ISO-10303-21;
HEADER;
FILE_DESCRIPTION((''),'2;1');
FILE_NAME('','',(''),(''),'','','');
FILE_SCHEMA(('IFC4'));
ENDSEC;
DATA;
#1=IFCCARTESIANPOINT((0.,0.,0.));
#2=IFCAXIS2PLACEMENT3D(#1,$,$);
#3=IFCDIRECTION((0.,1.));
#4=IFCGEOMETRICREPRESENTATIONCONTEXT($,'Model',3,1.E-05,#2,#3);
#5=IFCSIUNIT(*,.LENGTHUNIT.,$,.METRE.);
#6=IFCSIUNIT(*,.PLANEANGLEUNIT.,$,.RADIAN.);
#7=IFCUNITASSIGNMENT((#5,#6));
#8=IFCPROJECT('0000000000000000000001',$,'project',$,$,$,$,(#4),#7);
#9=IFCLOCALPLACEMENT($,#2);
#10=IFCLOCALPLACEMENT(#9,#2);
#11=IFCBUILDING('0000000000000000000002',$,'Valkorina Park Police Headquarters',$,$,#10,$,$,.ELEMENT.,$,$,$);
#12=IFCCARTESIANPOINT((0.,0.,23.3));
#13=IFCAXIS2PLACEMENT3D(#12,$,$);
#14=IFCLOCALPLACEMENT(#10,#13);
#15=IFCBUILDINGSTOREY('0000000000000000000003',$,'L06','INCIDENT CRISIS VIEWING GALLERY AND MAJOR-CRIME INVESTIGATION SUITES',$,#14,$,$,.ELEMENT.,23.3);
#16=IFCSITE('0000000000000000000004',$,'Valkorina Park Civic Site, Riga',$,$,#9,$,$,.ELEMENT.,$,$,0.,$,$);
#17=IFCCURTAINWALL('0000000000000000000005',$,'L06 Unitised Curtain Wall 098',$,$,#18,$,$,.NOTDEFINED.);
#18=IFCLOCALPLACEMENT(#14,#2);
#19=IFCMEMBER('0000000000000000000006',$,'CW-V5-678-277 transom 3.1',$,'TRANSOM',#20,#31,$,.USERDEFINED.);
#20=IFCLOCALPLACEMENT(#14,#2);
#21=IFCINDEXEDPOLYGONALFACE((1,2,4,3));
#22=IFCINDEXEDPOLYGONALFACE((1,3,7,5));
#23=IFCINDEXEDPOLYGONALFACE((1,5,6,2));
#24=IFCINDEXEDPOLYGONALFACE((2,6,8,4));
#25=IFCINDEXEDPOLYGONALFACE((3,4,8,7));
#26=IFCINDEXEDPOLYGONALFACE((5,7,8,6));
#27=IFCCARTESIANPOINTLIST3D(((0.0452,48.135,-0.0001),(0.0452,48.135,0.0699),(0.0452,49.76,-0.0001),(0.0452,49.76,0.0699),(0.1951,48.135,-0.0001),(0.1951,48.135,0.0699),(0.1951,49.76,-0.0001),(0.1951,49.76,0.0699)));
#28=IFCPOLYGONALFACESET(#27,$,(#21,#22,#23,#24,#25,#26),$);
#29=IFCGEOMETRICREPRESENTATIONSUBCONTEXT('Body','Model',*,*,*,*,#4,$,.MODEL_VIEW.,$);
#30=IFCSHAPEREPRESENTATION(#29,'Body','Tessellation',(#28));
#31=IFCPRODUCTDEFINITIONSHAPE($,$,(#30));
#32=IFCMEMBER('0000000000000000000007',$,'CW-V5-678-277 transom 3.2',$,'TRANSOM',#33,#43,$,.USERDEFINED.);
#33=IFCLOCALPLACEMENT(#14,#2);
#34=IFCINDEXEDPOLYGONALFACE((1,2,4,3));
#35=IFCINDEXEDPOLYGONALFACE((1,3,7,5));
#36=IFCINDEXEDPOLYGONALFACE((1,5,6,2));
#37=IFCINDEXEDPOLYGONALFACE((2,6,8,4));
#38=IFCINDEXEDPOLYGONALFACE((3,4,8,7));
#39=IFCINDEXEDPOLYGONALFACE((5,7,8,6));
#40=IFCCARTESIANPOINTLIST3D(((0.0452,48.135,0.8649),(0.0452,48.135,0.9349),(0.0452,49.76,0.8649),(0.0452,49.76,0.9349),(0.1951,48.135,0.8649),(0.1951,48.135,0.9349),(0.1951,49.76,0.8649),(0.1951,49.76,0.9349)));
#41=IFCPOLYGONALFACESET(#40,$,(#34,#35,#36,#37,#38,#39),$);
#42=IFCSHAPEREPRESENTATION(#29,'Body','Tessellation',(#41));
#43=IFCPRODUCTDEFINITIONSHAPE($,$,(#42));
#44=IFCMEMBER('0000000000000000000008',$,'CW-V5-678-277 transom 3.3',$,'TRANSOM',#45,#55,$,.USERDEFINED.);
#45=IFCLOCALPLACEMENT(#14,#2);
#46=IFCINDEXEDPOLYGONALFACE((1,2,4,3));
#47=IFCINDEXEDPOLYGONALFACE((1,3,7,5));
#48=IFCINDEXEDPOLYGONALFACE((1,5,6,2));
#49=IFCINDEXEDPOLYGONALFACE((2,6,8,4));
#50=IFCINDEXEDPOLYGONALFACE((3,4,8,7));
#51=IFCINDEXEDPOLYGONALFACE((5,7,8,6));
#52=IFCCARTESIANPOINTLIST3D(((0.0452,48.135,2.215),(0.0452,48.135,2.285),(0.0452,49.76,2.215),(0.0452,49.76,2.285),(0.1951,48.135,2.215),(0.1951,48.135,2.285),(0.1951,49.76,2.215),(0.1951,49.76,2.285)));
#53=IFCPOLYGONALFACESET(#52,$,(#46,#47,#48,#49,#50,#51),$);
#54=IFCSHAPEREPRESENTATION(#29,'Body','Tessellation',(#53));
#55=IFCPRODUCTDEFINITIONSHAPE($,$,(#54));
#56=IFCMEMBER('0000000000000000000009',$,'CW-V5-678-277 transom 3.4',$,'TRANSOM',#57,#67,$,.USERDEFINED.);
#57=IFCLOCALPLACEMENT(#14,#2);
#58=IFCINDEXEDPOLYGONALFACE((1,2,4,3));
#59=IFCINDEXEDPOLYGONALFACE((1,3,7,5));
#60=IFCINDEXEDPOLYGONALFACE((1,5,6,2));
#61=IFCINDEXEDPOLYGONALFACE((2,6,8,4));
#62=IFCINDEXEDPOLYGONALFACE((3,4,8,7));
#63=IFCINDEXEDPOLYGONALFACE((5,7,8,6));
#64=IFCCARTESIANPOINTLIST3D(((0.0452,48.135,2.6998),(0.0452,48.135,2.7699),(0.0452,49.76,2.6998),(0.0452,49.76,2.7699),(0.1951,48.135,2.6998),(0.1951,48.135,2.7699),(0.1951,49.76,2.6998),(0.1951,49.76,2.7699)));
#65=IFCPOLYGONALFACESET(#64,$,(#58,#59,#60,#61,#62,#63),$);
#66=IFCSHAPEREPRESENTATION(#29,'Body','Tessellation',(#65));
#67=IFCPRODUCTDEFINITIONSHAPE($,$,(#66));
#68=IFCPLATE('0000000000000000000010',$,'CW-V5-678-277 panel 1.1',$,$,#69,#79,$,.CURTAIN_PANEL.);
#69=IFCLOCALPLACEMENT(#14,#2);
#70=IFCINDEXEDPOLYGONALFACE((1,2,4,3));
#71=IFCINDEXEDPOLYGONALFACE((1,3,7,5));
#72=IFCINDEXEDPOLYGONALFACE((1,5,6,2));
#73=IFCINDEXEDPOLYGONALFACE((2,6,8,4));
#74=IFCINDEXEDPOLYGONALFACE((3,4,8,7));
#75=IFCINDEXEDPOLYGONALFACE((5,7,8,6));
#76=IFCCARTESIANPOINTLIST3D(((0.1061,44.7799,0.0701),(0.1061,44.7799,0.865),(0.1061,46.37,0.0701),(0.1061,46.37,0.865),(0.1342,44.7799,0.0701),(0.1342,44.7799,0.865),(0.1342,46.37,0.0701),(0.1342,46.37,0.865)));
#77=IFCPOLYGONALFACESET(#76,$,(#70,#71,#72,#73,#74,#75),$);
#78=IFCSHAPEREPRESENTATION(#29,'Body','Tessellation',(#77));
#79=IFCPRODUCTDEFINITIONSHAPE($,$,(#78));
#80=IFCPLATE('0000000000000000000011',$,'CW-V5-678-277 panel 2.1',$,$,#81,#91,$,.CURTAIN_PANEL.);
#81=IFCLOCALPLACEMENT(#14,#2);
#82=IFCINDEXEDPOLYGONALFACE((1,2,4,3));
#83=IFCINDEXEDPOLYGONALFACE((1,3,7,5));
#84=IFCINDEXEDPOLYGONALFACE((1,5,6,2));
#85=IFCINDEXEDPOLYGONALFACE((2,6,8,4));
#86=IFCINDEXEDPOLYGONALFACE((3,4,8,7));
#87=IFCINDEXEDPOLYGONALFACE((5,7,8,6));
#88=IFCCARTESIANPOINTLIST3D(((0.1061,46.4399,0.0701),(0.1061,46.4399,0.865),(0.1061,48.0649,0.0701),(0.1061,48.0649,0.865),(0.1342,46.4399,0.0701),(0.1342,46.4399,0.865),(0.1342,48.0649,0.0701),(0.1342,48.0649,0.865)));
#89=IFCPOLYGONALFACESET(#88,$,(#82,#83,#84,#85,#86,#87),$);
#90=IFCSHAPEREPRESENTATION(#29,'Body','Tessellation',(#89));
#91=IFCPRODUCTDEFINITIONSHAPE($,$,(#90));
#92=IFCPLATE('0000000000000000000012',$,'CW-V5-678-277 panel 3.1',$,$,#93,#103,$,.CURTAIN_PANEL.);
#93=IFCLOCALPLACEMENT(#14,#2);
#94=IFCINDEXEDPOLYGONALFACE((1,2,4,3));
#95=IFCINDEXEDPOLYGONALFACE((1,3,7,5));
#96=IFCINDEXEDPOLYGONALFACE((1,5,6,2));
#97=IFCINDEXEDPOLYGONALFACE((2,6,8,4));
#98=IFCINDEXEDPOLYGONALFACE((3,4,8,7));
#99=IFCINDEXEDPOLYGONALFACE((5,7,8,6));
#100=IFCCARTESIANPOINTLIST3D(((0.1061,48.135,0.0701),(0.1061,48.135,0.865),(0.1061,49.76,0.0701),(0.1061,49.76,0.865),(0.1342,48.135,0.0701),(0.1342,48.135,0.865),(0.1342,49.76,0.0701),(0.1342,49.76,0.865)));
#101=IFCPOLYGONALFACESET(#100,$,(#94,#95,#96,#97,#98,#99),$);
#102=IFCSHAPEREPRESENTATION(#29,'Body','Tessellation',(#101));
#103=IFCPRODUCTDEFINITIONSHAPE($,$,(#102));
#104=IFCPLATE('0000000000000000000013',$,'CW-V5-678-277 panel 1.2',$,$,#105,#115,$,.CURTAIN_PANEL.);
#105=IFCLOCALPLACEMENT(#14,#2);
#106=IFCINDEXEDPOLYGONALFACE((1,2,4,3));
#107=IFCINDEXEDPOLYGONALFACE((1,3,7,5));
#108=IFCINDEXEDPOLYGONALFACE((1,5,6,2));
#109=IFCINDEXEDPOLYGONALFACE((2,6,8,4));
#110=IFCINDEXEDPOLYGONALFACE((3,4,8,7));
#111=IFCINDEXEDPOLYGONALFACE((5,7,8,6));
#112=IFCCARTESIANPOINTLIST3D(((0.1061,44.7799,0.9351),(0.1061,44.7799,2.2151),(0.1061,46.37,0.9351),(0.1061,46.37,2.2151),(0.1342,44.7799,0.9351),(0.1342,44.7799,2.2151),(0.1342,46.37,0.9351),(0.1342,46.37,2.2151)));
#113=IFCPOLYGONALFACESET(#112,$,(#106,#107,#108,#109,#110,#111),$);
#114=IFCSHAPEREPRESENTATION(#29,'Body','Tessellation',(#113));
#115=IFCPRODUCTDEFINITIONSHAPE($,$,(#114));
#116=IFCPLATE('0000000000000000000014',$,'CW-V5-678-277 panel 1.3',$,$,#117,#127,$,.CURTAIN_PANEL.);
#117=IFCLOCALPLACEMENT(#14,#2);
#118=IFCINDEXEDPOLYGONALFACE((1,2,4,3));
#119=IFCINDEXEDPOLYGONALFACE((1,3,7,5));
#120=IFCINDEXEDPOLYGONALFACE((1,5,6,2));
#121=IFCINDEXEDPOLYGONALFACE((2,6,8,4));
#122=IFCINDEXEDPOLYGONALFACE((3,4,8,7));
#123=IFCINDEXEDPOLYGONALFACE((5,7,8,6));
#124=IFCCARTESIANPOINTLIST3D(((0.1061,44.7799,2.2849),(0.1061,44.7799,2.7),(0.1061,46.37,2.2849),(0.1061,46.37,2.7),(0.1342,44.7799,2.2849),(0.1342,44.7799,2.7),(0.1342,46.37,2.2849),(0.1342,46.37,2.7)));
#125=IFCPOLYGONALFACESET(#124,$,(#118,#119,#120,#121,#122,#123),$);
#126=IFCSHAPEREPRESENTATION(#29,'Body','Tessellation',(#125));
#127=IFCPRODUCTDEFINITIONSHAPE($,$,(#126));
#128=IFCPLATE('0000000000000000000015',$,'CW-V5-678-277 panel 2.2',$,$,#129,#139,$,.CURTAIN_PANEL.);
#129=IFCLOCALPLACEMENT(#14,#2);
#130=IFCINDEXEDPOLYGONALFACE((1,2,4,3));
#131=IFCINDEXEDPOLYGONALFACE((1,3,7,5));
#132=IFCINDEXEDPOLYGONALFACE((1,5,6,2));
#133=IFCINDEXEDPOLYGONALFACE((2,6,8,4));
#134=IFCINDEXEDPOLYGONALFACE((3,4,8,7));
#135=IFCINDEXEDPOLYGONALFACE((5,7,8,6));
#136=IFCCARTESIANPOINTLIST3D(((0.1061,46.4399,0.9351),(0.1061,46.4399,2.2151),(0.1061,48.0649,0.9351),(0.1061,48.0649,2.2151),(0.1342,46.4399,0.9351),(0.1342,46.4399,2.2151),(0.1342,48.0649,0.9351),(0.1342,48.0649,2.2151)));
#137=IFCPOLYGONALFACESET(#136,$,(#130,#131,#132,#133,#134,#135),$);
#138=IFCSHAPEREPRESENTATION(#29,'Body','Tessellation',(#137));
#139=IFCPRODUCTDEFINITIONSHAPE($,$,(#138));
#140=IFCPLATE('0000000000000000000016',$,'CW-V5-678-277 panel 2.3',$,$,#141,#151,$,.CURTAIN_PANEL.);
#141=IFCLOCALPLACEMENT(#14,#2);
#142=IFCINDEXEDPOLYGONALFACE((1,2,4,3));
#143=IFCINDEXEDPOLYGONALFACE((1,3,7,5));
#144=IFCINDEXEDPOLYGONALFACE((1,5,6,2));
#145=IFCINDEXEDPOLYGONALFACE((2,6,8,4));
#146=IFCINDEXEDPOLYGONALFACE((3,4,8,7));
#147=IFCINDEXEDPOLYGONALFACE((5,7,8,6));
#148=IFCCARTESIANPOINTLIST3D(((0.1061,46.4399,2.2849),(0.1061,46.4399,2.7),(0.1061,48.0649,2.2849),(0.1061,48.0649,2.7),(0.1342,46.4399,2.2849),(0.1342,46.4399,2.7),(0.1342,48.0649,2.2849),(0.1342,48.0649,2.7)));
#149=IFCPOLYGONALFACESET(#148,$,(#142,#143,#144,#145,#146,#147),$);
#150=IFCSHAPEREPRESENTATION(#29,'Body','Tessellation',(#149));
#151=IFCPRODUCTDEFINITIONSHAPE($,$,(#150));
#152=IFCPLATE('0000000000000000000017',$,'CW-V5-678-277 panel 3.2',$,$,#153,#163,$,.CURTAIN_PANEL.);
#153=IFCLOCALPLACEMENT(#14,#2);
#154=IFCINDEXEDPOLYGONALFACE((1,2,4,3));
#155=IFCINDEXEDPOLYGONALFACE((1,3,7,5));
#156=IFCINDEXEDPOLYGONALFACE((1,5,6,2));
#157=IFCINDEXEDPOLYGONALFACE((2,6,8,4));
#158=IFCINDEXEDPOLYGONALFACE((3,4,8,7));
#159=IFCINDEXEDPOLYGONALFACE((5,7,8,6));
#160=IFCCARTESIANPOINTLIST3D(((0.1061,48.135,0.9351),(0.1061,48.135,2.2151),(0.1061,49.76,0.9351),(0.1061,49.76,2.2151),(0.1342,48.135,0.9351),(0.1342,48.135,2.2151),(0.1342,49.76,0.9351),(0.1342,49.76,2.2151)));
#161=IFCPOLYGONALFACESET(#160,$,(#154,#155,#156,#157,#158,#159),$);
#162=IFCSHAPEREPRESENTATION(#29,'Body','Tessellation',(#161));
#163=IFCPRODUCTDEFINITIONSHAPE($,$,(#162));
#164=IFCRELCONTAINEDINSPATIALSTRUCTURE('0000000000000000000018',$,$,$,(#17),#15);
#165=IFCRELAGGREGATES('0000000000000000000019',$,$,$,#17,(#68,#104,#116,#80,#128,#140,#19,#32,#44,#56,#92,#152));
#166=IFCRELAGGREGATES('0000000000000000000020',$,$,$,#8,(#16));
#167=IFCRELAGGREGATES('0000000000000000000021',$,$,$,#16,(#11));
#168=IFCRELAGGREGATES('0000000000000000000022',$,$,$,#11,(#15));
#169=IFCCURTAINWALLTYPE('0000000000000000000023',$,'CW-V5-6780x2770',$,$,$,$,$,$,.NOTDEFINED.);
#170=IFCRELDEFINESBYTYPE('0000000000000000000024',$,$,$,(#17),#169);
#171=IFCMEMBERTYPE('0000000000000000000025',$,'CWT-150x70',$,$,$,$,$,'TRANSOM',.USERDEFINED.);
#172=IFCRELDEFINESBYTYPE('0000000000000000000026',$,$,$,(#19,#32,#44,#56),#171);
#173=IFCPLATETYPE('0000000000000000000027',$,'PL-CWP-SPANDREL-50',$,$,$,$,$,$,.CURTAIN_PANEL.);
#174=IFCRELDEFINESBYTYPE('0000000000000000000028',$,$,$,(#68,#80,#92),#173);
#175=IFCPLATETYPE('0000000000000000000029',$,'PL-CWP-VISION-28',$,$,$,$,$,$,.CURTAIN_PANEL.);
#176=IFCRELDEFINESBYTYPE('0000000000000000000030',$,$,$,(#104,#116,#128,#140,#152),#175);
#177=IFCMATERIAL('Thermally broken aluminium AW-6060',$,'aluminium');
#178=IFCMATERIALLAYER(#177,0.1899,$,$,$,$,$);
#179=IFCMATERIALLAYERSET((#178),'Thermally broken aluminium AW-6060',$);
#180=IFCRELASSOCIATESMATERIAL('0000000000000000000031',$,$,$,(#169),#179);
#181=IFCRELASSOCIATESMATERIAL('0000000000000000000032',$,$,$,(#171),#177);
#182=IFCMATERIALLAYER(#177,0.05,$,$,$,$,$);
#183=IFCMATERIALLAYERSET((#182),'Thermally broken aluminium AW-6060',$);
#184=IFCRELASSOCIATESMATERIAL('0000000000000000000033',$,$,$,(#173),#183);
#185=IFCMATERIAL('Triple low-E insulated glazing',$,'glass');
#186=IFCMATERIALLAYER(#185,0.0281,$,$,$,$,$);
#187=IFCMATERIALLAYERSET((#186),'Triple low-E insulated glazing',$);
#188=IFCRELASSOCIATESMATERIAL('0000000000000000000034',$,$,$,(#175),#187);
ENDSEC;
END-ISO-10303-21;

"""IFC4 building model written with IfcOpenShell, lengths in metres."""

from ifc_helpers import new_model, si_unit, direction, frame, origin, origin_2d, place, context, subcontext, project, spatial, rectangle, extrude, material, layer, layer_set, material_profile, profile_set, type_object, element, aggregate, save


model = new_model("IFC4")

# Units and contexts
model_context = context("Model", 3, precision=1e-05, world=origin(), true_north=direction((0.0, 1.0)))
body_context = subcontext(model_context, "Body", "Model", "MODEL_VIEW")
ifc_project = project(units=[si_unit("LENGTHUNIT", "METRE"), si_unit("PLANEANGLEUNIT", "RADIAN")], contexts=[model_context])

# Site, building, storey
site_placement = place(None, origin())
site = spatial("IfcSite", under=ifc_project, at=site_placement, Name="Valkorina Park Civic Site, Riga", CompositionType="ELEMENT", RefElevation=0.0)
building_placement = place(site_placement, origin())
building = spatial("IfcBuilding", under=site, at=building_placement, Name="Valkorina Park Police Headquarters", CompositionType="ELEMENT")
storey_placement = place(building_placement, frame((0.0, 0.0, 23.3)))
storey = spatial("IfcBuildingStorey", under=building, at=storey_placement, Name="L06", Description="INCIDENT CRISIS VIEWING GALLERY AND MAJOR-CRIME INVESTIGATION SUITES", CompositionType="ELEMENT", Elevation=23.3)

# Curtain wall, members, plates
ifc_material_1 = material(Name="Thermally broken aluminium AW-6060", Category="aluminium")
ifc_layer_1 = layer(ifc_material_1, 0.1899)
ifc_layer_set_1 = layer_set([ifc_layer_1], Name="Thermally broken aluminium AW-6060")
curtain_wall_type = type_object("IfcCurtainWallType", Name="CW-V5-6780x2770", PredefinedType="NOTDEFINED", material=ifc_layer_set_1)
curtain_wall_placement = place(storey_placement, origin())
curtain_wall = element("IfcCurtainWall", 1, at=curtain_wall_placement, inside=storey, type_object=curtain_wall_type, Name="L06 Unitised Curtain Wall 098", PredefinedType="NOTDEFINED")
ifc_material_profile_1 = material_profile(ifc_material_1, rectangle(XDim=0.1499, YDim=0.0701, at=origin_2d()), Name="CWT-02 150x70")
ifc_profile_set_1 = profile_set([ifc_material_profile_1], Name="Thermally broken aluminium AW-6060")
member_type_1 = type_object("IfcMemberType", Name="CWT-150x70", ElementType="TRANSOM", PredefinedType="USERDEFINED", material=ifc_profile_set_1)
member_1_placement = place(storey_placement, frame((0.1201, 48.135, 0.0349), z_axis=(0.0, 1.0, 0.0), x_axis=(-1.0, 0.0, 0.0)))
member_1 = element("IfcMember", 2, at=member_1_placement, type_object=member_type_1, Name="CW-V5-678-277 transom 3.1", ObjectType="TRANSOM", PredefinedType="USERDEFINED", context=body_context, shape_type="SweptSolid", body=[
    extrude(rectangle(XDim=0.1499, YDim=0.0701, at=origin_2d()), origin(), (0.0, 0.0, 1.0), 1.625),
])
member_2_placement = place(storey_placement, frame((0.1201, 48.135, 0.8999), z_axis=(0.0, 1.0, 0.0), x_axis=(-1.0, 0.0, 0.0)))
member_2 = element("IfcMember", 3, at=member_2_placement, type_object=member_type_1, Name="CW-V5-678-277 transom 3.2", ObjectType="TRANSOM", PredefinedType="USERDEFINED", context=body_context, shape_type="SweptSolid", body=[
    extrude(rectangle(XDim=0.1499, YDim=0.0701, at=origin_2d()), origin(), (0.0, 0.0, 1.0), 1.625),
])
member_3_placement = place(storey_placement, frame((0.1201, 48.135, 2.25), z_axis=(0.0, 1.0, 0.0), x_axis=(-1.0, 0.0, 0.0)))
member_3 = element("IfcMember", 4, at=member_3_placement, type_object=member_type_1, Name="CW-V5-678-277 transom 3.3", ObjectType="TRANSOM", PredefinedType="USERDEFINED", context=body_context, shape_type="SweptSolid", body=[
    extrude(rectangle(XDim=0.1499, YDim=0.0701, at=origin_2d()), origin(), (0.0, 0.0, 1.0), 1.625),
])
member_4_placement = place(storey_placement, frame((0.1201, 48.135, 2.7349), z_axis=(0.0, 1.0, 0.0), x_axis=(-1.0, 0.0, 0.0)))
member_4 = element("IfcMember", 5, at=member_4_placement, type_object=member_type_1, Name="CW-V5-678-277 transom 3.4", ObjectType="TRANSOM", PredefinedType="USERDEFINED", context=body_context, shape_type="SweptSolid", body=[
    extrude(rectangle(XDim=0.1499, YDim=0.0701, at=origin_2d()), origin(), (0.0, 0.0, 1.0), 1.625),
])
ifc_layer_2 = layer(ifc_material_1, 0.05)
ifc_layer_set_2 = layer_set([ifc_layer_2], Name="Thermally broken aluminium AW-6060")
plate_type_1 = type_object("IfcPlateType", Name="PL-CWP-SPANDREL-50", PredefinedType="CURTAIN_PANEL", material=ifc_layer_set_2)
plate_1_placement = place(storey_placement, frame((0.1201, 45.575, 0.0701), z_axis=(0.0, 0.0, 1.0), x_axis=(0.0, 1.0, 0.0)))
plate_1 = element("IfcPlate", 6, at=plate_1_placement, type_object=plate_type_1, Name="CW-V5-678-277 panel 1.1", PredefinedType="CURTAIN_PANEL", context=body_context, shape_type="SweptSolid", body=[
    extrude(rectangle(XDim=1.5901, YDim=0.0281, at=origin_2d()), origin(), (0.0, 0.0, 1.0), 0.7949),
])
plate_2_placement = place(storey_placement, frame((0.1201, 47.2524, 0.0701), z_axis=(0.0, 0.0, 1.0), x_axis=(0.0, 1.0, 0.0)))
plate_2 = element("IfcPlate", 7, at=plate_2_placement, type_object=plate_type_1, Name="CW-V5-678-277 panel 2.1", PredefinedType="CURTAIN_PANEL", context=body_context, shape_type="SweptSolid", body=[
    extrude(rectangle(XDim=1.625, YDim=0.0281, at=origin_2d()), origin(), (0.0, 0.0, 1.0), 0.7949),
])
plate_3_placement = place(storey_placement, frame((0.1201, 48.9475, 0.0701), z_axis=(0.0, 0.0, 1.0), x_axis=(0.0, 1.0, 0.0)))
plate_3 = element("IfcPlate", 8, at=plate_3_placement, type_object=plate_type_1, Name="CW-V5-678-277 panel 3.1", PredefinedType="CURTAIN_PANEL", context=body_context, shape_type="SweptSolid", body=[
    extrude(rectangle(XDim=1.625, YDim=0.0281, at=origin_2d()), origin(), (0.0, 0.0, 1.0), 0.7949),
])
ifc_material_2 = material(Name="Triple low-E insulated glazing", Category="glass")
ifc_layer_3 = layer(ifc_material_2, 0.0281)
ifc_layer_set_3 = layer_set([ifc_layer_3], Name="Triple low-E insulated glazing")
plate_type_2 = type_object("IfcPlateType", Name="PL-CWP-VISION-28", PredefinedType="CURTAIN_PANEL", material=ifc_layer_set_3)
plate_4_placement = place(storey_placement, frame((0.1201, 45.575, 0.9351), z_axis=(0.0, 0.0, 1.0), x_axis=(0.0, 1.0, 0.0)))
plate_4 = element("IfcPlate", 9, at=plate_4_placement, type_object=plate_type_2, Name="CW-V5-678-277 panel 1.2", PredefinedType="CURTAIN_PANEL", context=body_context, shape_type="SweptSolid", body=[
    extrude(rectangle(XDim=1.5901, YDim=0.0281, at=origin_2d()), origin(), (0.0, 0.0, 1.0), 1.28),
])
plate_5_placement = place(storey_placement, frame((0.1201, 45.575, 2.2849), z_axis=(0.0, 0.0, 1.0), x_axis=(0.0, 1.0, 0.0)))
plate_5 = element("IfcPlate", 10, at=plate_5_placement, type_object=plate_type_2, Name="CW-V5-678-277 panel 1.3", PredefinedType="CURTAIN_PANEL", context=body_context, shape_type="SweptSolid", body=[
    extrude(rectangle(XDim=1.5901, YDim=0.0281, at=origin_2d()), origin(), (0.0, 0.0, 1.0), 0.415),
])
plate_6_placement = place(storey_placement, frame((0.1201, 47.2524, 0.9351), z_axis=(0.0, 0.0, 1.0), x_axis=(0.0, 1.0, 0.0)))
plate_6 = element("IfcPlate", 11, at=plate_6_placement, type_object=plate_type_2, Name="CW-V5-678-277 panel 2.2", PredefinedType="CURTAIN_PANEL", context=body_context, shape_type="SweptSolid", body=[
    extrude(rectangle(XDim=1.625, YDim=0.0281, at=origin_2d()), origin(), (0.0, 0.0, 1.0), 1.28),
])
plate_7_placement = place(storey_placement, frame((0.1201, 47.2524, 2.2849), z_axis=(0.0, 0.0, 1.0), x_axis=(0.0, 1.0, 0.0)))
plate_7 = element("IfcPlate", 12, at=plate_7_placement, type_object=plate_type_2, Name="CW-V5-678-277 panel 2.3", PredefinedType="CURTAIN_PANEL", context=body_context, shape_type="SweptSolid", body=[
    extrude(rectangle(XDim=1.625, YDim=0.0281, at=origin_2d()), origin(), (0.0, 0.0, 1.0), 0.415),
])
plate_8_placement = place(storey_placement, frame((0.1201, 48.9475, 0.9351), z_axis=(0.0, 0.0, 1.0), x_axis=(0.0, 1.0, 0.0)))
plate_8 = element("IfcPlate", 13, at=plate_8_placement, type_object=plate_type_2, Name="CW-V5-678-277 panel 3.2", PredefinedType="CURTAIN_PANEL", context=body_context, shape_type="SweptSolid", body=[
    extrude(rectangle(XDim=1.625, YDim=0.0281, at=origin_2d()), origin(), (0.0, 0.0, 1.0), 1.28),
])
aggregate(curtain_wall, [plate_1, plate_4, plate_5, plate_2, plate_6, plate_7, member_1, member_2, member_3, member_4, plate_3, plate_8])

save(model, "model.ifc")
